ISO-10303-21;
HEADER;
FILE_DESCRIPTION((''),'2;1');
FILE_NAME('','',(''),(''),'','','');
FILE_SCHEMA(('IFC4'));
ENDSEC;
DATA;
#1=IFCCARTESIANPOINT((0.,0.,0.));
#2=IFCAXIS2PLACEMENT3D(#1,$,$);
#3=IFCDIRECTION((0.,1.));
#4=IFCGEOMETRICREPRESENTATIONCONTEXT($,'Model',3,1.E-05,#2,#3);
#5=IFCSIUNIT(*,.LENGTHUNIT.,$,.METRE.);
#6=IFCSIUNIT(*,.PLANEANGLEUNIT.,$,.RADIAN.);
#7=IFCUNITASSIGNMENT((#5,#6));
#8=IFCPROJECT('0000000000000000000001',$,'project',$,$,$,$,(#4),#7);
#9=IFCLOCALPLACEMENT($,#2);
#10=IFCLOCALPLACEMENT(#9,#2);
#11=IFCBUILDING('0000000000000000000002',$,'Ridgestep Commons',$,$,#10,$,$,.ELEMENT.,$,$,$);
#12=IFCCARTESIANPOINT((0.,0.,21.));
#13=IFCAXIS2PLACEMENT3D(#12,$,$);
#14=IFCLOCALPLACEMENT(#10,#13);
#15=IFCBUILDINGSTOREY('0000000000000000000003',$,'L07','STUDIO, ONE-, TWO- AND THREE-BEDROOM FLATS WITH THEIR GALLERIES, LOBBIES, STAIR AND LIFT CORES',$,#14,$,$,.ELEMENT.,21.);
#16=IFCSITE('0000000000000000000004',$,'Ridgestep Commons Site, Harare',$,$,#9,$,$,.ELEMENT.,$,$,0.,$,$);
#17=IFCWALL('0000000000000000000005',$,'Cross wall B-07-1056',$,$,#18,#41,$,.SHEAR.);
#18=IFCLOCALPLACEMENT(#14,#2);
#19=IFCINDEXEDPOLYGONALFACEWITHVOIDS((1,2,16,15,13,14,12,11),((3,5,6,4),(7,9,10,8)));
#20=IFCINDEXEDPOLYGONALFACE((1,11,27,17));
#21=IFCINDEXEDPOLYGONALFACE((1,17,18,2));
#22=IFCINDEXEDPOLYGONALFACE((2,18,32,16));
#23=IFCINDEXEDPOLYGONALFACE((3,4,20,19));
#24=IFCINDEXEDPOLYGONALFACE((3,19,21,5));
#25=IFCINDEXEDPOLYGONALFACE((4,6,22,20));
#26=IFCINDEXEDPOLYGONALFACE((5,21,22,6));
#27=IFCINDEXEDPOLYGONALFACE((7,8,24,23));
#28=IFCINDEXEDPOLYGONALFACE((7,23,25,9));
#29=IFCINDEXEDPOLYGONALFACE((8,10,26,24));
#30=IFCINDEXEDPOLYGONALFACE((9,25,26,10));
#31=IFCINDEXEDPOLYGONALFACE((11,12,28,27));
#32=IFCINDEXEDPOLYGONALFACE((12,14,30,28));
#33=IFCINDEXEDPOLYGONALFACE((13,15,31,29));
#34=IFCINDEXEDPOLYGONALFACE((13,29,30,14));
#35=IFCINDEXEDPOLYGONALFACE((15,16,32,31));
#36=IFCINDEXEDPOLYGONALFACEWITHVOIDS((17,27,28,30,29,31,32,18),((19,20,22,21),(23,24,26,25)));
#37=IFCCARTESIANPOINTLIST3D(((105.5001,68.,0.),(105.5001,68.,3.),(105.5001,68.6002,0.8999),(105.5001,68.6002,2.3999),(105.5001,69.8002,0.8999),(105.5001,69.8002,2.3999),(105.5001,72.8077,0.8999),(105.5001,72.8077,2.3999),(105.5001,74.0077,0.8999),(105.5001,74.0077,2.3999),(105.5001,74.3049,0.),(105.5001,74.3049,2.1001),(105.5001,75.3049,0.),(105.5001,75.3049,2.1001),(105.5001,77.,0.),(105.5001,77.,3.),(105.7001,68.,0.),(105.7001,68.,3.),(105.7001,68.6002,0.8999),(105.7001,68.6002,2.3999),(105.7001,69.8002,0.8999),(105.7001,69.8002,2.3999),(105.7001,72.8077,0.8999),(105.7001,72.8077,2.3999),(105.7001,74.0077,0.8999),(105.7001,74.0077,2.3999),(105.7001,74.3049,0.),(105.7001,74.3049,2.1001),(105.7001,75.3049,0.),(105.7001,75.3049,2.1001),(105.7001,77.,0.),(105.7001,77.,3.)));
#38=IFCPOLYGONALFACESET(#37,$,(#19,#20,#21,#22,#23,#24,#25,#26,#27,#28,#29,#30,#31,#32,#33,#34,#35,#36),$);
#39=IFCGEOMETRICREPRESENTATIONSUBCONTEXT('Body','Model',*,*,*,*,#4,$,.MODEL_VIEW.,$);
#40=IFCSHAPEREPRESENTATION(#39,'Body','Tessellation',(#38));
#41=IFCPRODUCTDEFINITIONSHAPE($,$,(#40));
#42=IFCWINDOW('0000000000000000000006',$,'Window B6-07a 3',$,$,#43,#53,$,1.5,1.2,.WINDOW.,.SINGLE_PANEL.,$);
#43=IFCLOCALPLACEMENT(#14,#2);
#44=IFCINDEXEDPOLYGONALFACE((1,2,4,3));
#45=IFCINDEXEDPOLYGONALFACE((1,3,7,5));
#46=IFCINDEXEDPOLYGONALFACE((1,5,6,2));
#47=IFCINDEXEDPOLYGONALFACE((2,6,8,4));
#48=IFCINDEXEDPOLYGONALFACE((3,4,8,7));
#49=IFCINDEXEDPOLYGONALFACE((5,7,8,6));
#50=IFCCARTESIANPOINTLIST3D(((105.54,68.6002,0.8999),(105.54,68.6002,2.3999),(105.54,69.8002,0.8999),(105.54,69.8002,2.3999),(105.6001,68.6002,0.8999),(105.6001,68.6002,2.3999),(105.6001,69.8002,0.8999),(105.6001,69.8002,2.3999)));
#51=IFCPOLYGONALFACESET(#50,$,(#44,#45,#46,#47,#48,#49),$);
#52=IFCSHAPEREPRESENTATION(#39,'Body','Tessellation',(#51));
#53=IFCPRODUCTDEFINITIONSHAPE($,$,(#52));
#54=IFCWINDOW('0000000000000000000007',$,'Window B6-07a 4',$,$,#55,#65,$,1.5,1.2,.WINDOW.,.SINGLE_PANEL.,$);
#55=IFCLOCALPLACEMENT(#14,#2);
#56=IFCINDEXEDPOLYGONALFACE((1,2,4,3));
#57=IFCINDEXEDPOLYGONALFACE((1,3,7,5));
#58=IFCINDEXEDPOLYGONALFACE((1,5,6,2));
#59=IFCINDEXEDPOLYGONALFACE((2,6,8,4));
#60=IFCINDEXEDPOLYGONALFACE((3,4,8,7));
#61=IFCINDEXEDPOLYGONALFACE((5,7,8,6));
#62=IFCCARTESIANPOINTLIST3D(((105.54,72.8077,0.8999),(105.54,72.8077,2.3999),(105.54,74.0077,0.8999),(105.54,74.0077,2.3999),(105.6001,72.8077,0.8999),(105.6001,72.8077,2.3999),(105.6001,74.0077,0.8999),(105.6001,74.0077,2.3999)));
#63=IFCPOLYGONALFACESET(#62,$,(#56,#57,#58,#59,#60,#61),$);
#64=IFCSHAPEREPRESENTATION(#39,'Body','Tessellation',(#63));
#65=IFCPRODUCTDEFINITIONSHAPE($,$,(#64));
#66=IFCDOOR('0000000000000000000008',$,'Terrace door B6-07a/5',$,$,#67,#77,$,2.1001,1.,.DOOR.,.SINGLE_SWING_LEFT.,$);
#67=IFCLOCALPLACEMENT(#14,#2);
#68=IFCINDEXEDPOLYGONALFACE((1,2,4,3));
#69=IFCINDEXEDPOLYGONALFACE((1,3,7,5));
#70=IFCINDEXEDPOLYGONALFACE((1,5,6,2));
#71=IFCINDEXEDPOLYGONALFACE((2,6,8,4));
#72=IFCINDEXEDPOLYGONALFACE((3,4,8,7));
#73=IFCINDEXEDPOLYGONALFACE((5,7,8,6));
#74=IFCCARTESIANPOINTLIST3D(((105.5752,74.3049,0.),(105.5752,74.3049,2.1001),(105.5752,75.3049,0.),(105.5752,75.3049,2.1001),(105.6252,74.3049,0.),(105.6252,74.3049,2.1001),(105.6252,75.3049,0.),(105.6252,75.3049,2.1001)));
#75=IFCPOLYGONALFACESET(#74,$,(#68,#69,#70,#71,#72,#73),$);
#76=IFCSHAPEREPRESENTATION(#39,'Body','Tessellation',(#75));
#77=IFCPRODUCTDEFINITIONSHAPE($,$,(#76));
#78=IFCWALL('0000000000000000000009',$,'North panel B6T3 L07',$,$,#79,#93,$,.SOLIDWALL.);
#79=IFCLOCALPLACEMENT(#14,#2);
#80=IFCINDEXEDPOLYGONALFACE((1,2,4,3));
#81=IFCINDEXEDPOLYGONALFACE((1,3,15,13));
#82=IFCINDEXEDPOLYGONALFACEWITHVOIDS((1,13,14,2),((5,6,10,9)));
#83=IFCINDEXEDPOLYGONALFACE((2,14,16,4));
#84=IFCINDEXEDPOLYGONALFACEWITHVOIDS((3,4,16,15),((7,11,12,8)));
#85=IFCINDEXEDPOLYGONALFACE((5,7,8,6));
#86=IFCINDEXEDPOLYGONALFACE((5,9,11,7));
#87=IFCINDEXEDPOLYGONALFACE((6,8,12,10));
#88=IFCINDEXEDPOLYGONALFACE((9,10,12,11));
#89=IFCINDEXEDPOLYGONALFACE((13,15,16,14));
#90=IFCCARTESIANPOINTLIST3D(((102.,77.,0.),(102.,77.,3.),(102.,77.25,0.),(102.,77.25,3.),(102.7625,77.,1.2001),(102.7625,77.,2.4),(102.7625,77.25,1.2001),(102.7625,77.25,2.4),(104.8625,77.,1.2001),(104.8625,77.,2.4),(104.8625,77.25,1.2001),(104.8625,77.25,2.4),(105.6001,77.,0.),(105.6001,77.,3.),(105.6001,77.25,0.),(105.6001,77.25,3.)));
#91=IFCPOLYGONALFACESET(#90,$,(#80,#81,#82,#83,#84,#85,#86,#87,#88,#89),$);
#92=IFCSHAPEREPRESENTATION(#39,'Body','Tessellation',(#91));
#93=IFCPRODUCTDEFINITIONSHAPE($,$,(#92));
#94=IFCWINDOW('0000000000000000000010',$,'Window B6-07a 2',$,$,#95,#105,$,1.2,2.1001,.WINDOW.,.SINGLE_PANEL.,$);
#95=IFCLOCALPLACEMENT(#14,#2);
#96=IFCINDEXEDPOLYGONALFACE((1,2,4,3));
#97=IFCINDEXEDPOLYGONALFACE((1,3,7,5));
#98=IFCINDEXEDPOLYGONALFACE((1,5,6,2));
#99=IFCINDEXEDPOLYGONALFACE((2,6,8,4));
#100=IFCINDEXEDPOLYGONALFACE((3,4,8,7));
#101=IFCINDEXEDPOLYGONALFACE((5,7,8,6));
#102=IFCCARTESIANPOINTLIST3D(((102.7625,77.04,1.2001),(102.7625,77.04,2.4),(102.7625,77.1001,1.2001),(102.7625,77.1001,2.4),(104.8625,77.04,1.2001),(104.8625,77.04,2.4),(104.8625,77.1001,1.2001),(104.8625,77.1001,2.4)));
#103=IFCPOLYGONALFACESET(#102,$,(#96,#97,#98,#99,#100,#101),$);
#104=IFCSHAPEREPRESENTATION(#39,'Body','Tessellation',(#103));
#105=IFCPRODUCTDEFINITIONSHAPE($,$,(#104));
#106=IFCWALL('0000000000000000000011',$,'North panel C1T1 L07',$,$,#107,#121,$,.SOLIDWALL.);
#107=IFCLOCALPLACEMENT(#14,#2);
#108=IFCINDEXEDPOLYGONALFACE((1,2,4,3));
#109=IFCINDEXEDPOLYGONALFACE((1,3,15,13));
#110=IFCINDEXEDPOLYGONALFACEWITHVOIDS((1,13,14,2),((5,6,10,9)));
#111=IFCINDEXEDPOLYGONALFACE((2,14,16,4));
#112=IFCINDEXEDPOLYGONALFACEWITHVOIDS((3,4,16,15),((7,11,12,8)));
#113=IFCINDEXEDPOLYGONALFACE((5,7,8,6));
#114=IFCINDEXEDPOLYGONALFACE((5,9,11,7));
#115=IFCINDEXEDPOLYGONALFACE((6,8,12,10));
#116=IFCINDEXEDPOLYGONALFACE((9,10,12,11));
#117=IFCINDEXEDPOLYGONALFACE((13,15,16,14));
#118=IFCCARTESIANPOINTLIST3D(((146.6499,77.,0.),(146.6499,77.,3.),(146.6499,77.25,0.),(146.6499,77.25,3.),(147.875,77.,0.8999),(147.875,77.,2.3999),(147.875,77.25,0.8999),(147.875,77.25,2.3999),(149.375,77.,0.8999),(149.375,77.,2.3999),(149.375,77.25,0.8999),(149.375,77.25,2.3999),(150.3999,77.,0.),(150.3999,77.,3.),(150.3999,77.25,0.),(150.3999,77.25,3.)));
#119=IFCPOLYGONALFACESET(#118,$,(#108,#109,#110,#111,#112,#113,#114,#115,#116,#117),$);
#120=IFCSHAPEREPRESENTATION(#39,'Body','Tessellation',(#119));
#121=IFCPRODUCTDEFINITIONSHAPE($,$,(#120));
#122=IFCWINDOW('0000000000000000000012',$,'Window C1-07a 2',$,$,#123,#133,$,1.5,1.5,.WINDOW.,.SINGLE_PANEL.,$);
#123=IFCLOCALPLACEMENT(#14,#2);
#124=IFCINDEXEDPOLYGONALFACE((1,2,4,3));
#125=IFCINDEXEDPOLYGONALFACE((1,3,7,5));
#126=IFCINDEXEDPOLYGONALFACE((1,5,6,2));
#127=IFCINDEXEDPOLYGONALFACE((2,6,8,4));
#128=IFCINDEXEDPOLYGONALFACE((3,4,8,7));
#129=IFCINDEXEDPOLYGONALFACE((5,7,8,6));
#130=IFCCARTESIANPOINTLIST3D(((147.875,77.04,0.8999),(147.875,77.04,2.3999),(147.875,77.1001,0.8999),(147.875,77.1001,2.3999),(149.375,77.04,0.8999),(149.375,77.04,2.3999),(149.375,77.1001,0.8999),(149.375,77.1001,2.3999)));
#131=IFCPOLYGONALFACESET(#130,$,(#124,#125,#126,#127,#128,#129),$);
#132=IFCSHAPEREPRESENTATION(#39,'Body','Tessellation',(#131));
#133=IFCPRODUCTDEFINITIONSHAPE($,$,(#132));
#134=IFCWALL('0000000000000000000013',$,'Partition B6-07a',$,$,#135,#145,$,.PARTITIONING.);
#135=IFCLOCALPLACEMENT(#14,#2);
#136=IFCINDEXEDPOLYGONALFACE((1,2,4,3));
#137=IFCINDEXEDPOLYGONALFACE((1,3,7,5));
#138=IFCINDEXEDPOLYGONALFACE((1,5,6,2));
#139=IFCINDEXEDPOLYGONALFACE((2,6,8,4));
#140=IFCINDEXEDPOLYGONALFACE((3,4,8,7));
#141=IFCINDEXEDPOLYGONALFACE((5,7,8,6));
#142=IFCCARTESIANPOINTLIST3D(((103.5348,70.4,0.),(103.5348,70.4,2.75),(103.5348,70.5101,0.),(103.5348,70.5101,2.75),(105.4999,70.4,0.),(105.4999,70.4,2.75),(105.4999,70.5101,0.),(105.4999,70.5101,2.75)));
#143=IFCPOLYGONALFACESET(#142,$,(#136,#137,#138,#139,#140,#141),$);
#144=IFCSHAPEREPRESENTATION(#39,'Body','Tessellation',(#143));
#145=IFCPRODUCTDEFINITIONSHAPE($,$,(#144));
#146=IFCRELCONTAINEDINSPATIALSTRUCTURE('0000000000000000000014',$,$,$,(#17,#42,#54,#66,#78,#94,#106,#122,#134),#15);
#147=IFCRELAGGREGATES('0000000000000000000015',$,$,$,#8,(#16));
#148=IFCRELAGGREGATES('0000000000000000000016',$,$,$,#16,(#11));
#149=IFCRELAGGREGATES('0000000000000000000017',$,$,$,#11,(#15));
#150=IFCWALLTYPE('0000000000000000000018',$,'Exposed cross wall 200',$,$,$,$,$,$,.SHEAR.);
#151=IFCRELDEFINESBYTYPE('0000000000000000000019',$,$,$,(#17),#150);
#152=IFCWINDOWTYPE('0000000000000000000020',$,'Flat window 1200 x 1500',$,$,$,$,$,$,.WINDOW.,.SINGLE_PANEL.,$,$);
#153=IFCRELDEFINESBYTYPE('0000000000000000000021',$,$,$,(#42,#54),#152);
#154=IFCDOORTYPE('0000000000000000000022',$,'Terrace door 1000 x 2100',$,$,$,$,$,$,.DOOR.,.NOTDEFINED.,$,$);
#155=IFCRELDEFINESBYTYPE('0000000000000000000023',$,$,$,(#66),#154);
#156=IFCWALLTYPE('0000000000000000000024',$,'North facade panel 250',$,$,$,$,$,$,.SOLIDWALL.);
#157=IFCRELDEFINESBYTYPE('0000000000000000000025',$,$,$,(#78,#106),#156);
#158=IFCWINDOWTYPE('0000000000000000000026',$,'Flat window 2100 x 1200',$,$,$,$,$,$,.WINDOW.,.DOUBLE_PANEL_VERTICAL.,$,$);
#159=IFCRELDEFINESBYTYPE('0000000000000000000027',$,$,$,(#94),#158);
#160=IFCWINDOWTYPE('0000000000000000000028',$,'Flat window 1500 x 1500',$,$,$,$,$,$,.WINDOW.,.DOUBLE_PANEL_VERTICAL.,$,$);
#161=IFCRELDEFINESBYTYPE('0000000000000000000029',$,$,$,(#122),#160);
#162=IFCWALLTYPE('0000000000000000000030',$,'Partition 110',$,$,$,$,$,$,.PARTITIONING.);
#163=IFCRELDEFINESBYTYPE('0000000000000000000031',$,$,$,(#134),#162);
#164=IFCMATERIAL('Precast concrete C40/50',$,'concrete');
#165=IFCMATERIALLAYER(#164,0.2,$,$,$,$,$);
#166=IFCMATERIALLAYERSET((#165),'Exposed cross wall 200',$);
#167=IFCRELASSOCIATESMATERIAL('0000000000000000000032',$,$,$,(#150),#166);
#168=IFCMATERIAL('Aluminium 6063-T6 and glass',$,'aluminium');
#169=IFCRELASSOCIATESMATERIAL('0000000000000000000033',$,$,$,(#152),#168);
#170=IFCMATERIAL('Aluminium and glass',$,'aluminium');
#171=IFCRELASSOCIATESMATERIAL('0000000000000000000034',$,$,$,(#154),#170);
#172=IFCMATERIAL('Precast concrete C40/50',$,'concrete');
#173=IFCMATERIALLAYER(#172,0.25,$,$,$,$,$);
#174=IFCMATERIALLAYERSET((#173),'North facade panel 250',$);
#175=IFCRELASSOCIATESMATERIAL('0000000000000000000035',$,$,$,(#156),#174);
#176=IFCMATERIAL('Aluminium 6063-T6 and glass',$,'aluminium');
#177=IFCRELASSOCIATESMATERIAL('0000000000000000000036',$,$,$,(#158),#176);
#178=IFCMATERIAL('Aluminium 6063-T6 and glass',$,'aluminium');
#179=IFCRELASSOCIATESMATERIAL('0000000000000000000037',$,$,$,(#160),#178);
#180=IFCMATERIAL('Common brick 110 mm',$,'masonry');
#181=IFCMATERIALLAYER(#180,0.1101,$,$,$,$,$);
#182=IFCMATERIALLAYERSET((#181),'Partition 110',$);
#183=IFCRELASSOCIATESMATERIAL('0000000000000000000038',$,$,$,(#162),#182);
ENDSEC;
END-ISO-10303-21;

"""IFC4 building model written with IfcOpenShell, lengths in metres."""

from ifc_helpers import new_model, si_unit, direction, frame, frame_2d, origin, place, context, subcontext, project, spatial, rectangle, extrude, material, layer, layer_set, type_object, element, fill, save


model = new_model("IFC4")

# Units and contexts
model_context = context("Model", 3, precision=1e-05, world=origin(), true_north=direction((0.0, 1.0)))
body_context = subcontext(model_context, "Body", "Model", "MODEL_VIEW")
ifc_project = project(units=[si_unit("LENGTHUNIT", "METRE"), si_unit("PLANEANGLEUNIT", "RADIAN")], contexts=[model_context])

# Site, building, storey
site_placement = place(None, origin())
site = spatial("IfcSite", under=ifc_project, at=site_placement, Name="Ridgestep Commons Site, Harare", CompositionType="ELEMENT", RefElevation=0.0)
building_placement = place(site_placement, origin())
building = spatial("IfcBuilding", under=site, at=building_placement, Name="Ridgestep Commons", CompositionType="ELEMENT")
storey_placement = place(building_placement, frame((0.0, 0.0, 21.0)))
storey = spatial("IfcBuildingStorey", under=building, at=storey_placement, Name="L07", Description="STUDIO, ONE-, TWO- AND THREE-BEDROOM FLATS WITH THEIR GALLERIES, LOBBIES, STAIR AND LIFT CORES", CompositionType="ELEMENT", Elevation=21.0)

# Wall, openings, windows, door
ifc_material_1 = material(Name="Precast concrete C40/50", Category="concrete")
ifc_layer_1 = layer(ifc_material_1, 0.2)
ifc_layer_set_1 = layer_set([ifc_layer_1], Name="Exposed cross wall 200")
wall_type_1 = type_object("IfcWallType", Name="Exposed cross wall 200", PredefinedType="SHEAR", material=ifc_layer_set_1)
wall_1_placement = place(storey_placement, frame((105.6001, 68.0, 0.0), z_axis=(0.0, 0.0, 1.0), x_axis=(0.0, 1.0, 0.0)))
wall_1 = element("IfcWall", 1, at=wall_1_placement, inside=storey, type_object=wall_type_1, Name="Cross wall B-07-1056", PredefinedType="SHEAR", context=body_context, shape_type="SweptSolid", body=[
    extrude(rectangle(XDim=9.0, YDim=0.2, at=frame_2d((4.5, 0.0))), origin(), (0.0, 0.0, 1.0), 3.0),
])
opening_1_placement = place(wall_1_placement, frame((0.6001, 0.0, 0.8999)))
opening_1 = element("IfcOpeningElement", 2, at=opening_1_placement, cuts=wall_1, PredefinedType="OPENING", context=body_context, shape_type="SweptSolid", body=[
    extrude(rectangle(XDim=1.2, YDim=1.5, at=frame_2d((0.6001, 0.75))), frame((0.0, 0.1099, 0.0), z_axis=(0.0, -1.0, 0.0), x_axis=(1.0, 0.0, 0.0)), (0.0, 0.0, 1.0), 0.22),
])
opening_2_placement = place(wall_1_placement, frame((4.8076, 0.0, 0.8999)))
opening_2 = element("IfcOpeningElement", 3, at=opening_2_placement, cuts=wall_1, PredefinedType="OPENING", context=body_context, shape_type="SweptSolid", body=[
    extrude(rectangle(XDim=1.2, YDim=1.5, at=frame_2d((0.6001, 0.75))), frame((0.0, 0.1099, 0.0), z_axis=(0.0, -1.0, 0.0), x_axis=(1.0, 0.0, 0.0)), (0.0, 0.0, 1.0), 0.22),
])
opening_3_placement = place(wall_1_placement, frame((6.3049, 0.0, 0.0)))
opening_3 = element("IfcOpeningElement", 4, at=opening_3_placement, cuts=wall_1, PredefinedType="OPENING", context=body_context, shape_type="SweptSolid", body=[
    extrude(rectangle(XDim=1.0, YDim=2.1001, at=frame_2d((0.5, 1.05))), frame((0.0, 0.1099, 0.0), z_axis=(0.0, -1.0, 0.0), x_axis=(1.0, 0.0, 0.0)), (0.0, 0.0, 1.0), 0.22),
])
ifc_material_2 = material(Name="Aluminium 6063-T6 and glass", Category="aluminium")
window_type_1 = type_object("IfcWindowType", Name="Flat window 1200 x 1500", PartitioningType="SINGLE_PANEL", PredefinedType="WINDOW", material=ifc_material_2)
window_1_placement = place(opening_1_placement, origin())
window_1 = element("IfcWindow", 5, at=window_1_placement, inside=storey, type_object=window_type_1, Name="Window B6-07a 3", OverallHeight=1.5, OverallWidth=1.2, PartitioningType="SINGLE_PANEL", PredefinedType="WINDOW", context=body_context, shape_type="SweptSolid", body=[
    extrude(rectangle(XDim=1.2, YDim=1.5, at=frame_2d((0.6001, 0.75))), frame((0.0, 0.0601, 0.0), z_axis=(0.0, -1.0, 0.0), x_axis=(1.0, 0.0, 0.0)), (0.0, 0.0, 1.0), 0.0601),
])
fill(opening_1, window_1)
window_2_placement = place(opening_2_placement, origin())
window_2 = element("IfcWindow", 6, at=window_2_placement, inside=storey, type_object=window_type_1, Name="Window B6-07a 4", OverallHeight=1.5, OverallWidth=1.2, PartitioningType="SINGLE_PANEL", PredefinedType="WINDOW", context=body_context, shape_type="SweptSolid", body=[
    extrude(rectangle(XDim=1.2, YDim=1.5, at=frame_2d((0.6001, 0.75))), frame((0.0, 0.0601, 0.0), z_axis=(0.0, -1.0, 0.0), x_axis=(1.0, 0.0, 0.0)), (0.0, 0.0, 1.0), 0.0601),
])
fill(opening_2, window_2)
ifc_material_3 = material(Name="Aluminium and glass", Category="aluminium")
door_type_1 = type_object("IfcDoorType", Name="Terrace door 1000 x 2100", OperationType="NOTDEFINED", PredefinedType="DOOR", material=ifc_material_3)
door_1_placement = place(opening_3_placement, origin())
door_1 = element("IfcDoor", 7, at=door_1_placement, inside=storey, type_object=door_type_1, Name="Terrace door B6-07a/5", OperationType="SINGLE_SWING_LEFT", OverallHeight=2.1001, OverallWidth=1.0, PredefinedType="DOOR", context=body_context, shape_type="SweptSolid", body=[
    extrude(rectangle(XDim=1.0, YDim=2.1001, at=frame_2d((0.5, 1.05))), frame((0.0, 0.0249, 0.0), z_axis=(0.0, -1.0, 0.0), x_axis=(1.0, 0.0, 0.0)), (0.0, 0.0, 1.0), 0.05),
])
fill(opening_3, door_1)

# Walls, openings, windows
ifc_material_4 = material(Name="Precast concrete C40/50", Category="concrete")
ifc_layer_2 = layer(ifc_material_4, 0.25)
ifc_layer_set_2 = layer_set([ifc_layer_2], Name="North facade panel 250")
wall_type_2 = type_object("IfcWallType", Name="North facade panel 250", PredefinedType="SOLIDWALL", material=ifc_layer_set_2)
wall_2_placement = place(storey_placement, frame((102.0, 77.125, 0.0), z_axis=(0.0, 0.0, 1.0), x_axis=(1.0, 0.0, 0.0)))
wall_2 = element("IfcWall", 8, at=wall_2_placement, inside=storey, type_object=wall_type_2, Name="North panel B6T3 L07", PredefinedType="SOLIDWALL", context=body_context, shape_type="SweptSolid", body=[
    extrude(rectangle(XDim=3.6001, YDim=0.25, at=frame_2d((1.8, 0.0))), origin(), (0.0, 0.0, 1.0), 3.0),
])
opening_4_placement = place(wall_2_placement, frame((0.7625, 0.0, 1.2)))
opening_4 = element("IfcOpeningElement", 9, at=opening_4_placement, cuts=wall_2, PredefinedType="OPENING", context=body_context, shape_type="SweptSolid", body=[
    extrude(rectangle(XDim=2.1001, YDim=1.2, at=frame_2d((1.05, 0.6001))), frame((0.0, 0.135, 0.0), z_axis=(0.0, -1.0, 0.0), x_axis=(1.0, 0.0, 0.0)), (0.0, 0.0, 1.0), 0.27),
])
ifc_material_5 = material(Name="Aluminium 6063-T6 and glass", Category="aluminium")
window_type_2 = type_object("IfcWindowType", Name="Flat window 2100 x 1200", PartitioningType="DOUBLE_PANEL_VERTICAL", PredefinedType="WINDOW", material=ifc_material_5)
window_3_placement = place(opening_4_placement, origin())
window_3 = element("IfcWindow", 10, at=window_3_placement, inside=storey, type_object=window_type_2, Name="Window B6-07a 2", OverallHeight=1.2, OverallWidth=2.1001, PartitioningType="SINGLE_PANEL", PredefinedType="WINDOW", context=body_context, shape_type="SweptSolid", body=[
    extrude(rectangle(XDim=2.1001, YDim=1.2, at=frame_2d((1.05, 0.6001))), frame((0.0, -0.0249, 0.0), z_axis=(0.0, -1.0, 0.0), x_axis=(1.0, 0.0, 0.0)), (0.0, 0.0, 1.0), 0.0601),
])
fill(opening_4, window_3)
wall_3_placement = place(storey_placement, frame((146.6499, 77.125, 0.0), z_axis=(0.0, 0.0, 1.0), x_axis=(1.0, 0.0, 0.0)))
wall_3 = element("IfcWall", 11, at=wall_3_placement, inside=storey, type_object=wall_type_2, Name="North panel C1T1 L07", PredefinedType="SOLIDWALL", context=body_context, shape_type="SweptSolid", body=[
    extrude(rectangle(XDim=3.75, YDim=0.25, at=frame_2d((1.875, 0.0))), origin(), (0.0, 0.0, 1.0), 3.0),
])
opening_5_placement = place(wall_3_placement, frame((1.2251, 0.0, 0.8999)))
opening_5 = element("IfcOpeningElement", 12, at=opening_5_placement, cuts=wall_3, PredefinedType="OPENING", context=body_context, shape_type="SweptSolid", body=[
    extrude(rectangle(XDim=1.5, YDim=1.5, at=frame_2d((0.75, 0.75))), frame((0.0, 0.135, 0.0), z_axis=(0.0, -1.0, 0.0), x_axis=(1.0, 0.0, 0.0)), (0.0, 0.0, 1.0), 0.27),
])
ifc_material_6 = material(Name="Aluminium 6063-T6 and glass", Category="aluminium")
window_type_3 = type_object("IfcWindowType", Name="Flat window 1500 x 1500", PartitioningType="DOUBLE_PANEL_VERTICAL", PredefinedType="WINDOW", material=ifc_material_6)
window_4_placement = place(opening_5_placement, origin())
window_4 = element("IfcWindow", 13, at=window_4_placement, inside=storey, type_object=window_type_3, Name="Window C1-07a 2", OverallHeight=1.5, OverallWidth=1.5, PartitioningType="SINGLE_PANEL", PredefinedType="WINDOW", context=body_context, shape_type="SweptSolid", body=[
    extrude(rectangle(XDim=1.5, YDim=1.5, at=frame_2d((0.75, 0.75))), frame((0.0, -0.0249, 0.0), z_axis=(0.0, -1.0, 0.0), x_axis=(1.0, 0.0, 0.0)), (0.0, 0.0, 1.0), 0.0601),
])
fill(opening_5, window_4)

# Wall
ifc_material_7 = material(Name="Common brick 110 mm", Category="masonry")
ifc_layer_3 = layer(ifc_material_7, 0.1101)
ifc_layer_set_3 = layer_set([ifc_layer_3], Name="Partition 110")
wall_type_3 = type_object("IfcWallType", Name="Partition 110", PredefinedType="PARTITIONING", material=ifc_layer_set_3)
wall_4_placement = place(storey_placement, frame((103.5349, 70.4551, 0.0), z_axis=(0.0, 0.0, 1.0), x_axis=(1.0, 0.0, 0.0)))
element("IfcWall", 14, at=wall_4_placement, inside=storey, type_object=wall_type_3, Name="Partition B6-07a", PredefinedType="PARTITIONING", context=body_context, shape_type="SweptSolid", body=[
    extrude(rectangle(XDim=1.9651, YDim=0.1101, at=frame_2d((0.9824, 0.0))), origin(), (0.0, 0.0, 1.0), 2.75),
])

save(model, "model.ifc")
